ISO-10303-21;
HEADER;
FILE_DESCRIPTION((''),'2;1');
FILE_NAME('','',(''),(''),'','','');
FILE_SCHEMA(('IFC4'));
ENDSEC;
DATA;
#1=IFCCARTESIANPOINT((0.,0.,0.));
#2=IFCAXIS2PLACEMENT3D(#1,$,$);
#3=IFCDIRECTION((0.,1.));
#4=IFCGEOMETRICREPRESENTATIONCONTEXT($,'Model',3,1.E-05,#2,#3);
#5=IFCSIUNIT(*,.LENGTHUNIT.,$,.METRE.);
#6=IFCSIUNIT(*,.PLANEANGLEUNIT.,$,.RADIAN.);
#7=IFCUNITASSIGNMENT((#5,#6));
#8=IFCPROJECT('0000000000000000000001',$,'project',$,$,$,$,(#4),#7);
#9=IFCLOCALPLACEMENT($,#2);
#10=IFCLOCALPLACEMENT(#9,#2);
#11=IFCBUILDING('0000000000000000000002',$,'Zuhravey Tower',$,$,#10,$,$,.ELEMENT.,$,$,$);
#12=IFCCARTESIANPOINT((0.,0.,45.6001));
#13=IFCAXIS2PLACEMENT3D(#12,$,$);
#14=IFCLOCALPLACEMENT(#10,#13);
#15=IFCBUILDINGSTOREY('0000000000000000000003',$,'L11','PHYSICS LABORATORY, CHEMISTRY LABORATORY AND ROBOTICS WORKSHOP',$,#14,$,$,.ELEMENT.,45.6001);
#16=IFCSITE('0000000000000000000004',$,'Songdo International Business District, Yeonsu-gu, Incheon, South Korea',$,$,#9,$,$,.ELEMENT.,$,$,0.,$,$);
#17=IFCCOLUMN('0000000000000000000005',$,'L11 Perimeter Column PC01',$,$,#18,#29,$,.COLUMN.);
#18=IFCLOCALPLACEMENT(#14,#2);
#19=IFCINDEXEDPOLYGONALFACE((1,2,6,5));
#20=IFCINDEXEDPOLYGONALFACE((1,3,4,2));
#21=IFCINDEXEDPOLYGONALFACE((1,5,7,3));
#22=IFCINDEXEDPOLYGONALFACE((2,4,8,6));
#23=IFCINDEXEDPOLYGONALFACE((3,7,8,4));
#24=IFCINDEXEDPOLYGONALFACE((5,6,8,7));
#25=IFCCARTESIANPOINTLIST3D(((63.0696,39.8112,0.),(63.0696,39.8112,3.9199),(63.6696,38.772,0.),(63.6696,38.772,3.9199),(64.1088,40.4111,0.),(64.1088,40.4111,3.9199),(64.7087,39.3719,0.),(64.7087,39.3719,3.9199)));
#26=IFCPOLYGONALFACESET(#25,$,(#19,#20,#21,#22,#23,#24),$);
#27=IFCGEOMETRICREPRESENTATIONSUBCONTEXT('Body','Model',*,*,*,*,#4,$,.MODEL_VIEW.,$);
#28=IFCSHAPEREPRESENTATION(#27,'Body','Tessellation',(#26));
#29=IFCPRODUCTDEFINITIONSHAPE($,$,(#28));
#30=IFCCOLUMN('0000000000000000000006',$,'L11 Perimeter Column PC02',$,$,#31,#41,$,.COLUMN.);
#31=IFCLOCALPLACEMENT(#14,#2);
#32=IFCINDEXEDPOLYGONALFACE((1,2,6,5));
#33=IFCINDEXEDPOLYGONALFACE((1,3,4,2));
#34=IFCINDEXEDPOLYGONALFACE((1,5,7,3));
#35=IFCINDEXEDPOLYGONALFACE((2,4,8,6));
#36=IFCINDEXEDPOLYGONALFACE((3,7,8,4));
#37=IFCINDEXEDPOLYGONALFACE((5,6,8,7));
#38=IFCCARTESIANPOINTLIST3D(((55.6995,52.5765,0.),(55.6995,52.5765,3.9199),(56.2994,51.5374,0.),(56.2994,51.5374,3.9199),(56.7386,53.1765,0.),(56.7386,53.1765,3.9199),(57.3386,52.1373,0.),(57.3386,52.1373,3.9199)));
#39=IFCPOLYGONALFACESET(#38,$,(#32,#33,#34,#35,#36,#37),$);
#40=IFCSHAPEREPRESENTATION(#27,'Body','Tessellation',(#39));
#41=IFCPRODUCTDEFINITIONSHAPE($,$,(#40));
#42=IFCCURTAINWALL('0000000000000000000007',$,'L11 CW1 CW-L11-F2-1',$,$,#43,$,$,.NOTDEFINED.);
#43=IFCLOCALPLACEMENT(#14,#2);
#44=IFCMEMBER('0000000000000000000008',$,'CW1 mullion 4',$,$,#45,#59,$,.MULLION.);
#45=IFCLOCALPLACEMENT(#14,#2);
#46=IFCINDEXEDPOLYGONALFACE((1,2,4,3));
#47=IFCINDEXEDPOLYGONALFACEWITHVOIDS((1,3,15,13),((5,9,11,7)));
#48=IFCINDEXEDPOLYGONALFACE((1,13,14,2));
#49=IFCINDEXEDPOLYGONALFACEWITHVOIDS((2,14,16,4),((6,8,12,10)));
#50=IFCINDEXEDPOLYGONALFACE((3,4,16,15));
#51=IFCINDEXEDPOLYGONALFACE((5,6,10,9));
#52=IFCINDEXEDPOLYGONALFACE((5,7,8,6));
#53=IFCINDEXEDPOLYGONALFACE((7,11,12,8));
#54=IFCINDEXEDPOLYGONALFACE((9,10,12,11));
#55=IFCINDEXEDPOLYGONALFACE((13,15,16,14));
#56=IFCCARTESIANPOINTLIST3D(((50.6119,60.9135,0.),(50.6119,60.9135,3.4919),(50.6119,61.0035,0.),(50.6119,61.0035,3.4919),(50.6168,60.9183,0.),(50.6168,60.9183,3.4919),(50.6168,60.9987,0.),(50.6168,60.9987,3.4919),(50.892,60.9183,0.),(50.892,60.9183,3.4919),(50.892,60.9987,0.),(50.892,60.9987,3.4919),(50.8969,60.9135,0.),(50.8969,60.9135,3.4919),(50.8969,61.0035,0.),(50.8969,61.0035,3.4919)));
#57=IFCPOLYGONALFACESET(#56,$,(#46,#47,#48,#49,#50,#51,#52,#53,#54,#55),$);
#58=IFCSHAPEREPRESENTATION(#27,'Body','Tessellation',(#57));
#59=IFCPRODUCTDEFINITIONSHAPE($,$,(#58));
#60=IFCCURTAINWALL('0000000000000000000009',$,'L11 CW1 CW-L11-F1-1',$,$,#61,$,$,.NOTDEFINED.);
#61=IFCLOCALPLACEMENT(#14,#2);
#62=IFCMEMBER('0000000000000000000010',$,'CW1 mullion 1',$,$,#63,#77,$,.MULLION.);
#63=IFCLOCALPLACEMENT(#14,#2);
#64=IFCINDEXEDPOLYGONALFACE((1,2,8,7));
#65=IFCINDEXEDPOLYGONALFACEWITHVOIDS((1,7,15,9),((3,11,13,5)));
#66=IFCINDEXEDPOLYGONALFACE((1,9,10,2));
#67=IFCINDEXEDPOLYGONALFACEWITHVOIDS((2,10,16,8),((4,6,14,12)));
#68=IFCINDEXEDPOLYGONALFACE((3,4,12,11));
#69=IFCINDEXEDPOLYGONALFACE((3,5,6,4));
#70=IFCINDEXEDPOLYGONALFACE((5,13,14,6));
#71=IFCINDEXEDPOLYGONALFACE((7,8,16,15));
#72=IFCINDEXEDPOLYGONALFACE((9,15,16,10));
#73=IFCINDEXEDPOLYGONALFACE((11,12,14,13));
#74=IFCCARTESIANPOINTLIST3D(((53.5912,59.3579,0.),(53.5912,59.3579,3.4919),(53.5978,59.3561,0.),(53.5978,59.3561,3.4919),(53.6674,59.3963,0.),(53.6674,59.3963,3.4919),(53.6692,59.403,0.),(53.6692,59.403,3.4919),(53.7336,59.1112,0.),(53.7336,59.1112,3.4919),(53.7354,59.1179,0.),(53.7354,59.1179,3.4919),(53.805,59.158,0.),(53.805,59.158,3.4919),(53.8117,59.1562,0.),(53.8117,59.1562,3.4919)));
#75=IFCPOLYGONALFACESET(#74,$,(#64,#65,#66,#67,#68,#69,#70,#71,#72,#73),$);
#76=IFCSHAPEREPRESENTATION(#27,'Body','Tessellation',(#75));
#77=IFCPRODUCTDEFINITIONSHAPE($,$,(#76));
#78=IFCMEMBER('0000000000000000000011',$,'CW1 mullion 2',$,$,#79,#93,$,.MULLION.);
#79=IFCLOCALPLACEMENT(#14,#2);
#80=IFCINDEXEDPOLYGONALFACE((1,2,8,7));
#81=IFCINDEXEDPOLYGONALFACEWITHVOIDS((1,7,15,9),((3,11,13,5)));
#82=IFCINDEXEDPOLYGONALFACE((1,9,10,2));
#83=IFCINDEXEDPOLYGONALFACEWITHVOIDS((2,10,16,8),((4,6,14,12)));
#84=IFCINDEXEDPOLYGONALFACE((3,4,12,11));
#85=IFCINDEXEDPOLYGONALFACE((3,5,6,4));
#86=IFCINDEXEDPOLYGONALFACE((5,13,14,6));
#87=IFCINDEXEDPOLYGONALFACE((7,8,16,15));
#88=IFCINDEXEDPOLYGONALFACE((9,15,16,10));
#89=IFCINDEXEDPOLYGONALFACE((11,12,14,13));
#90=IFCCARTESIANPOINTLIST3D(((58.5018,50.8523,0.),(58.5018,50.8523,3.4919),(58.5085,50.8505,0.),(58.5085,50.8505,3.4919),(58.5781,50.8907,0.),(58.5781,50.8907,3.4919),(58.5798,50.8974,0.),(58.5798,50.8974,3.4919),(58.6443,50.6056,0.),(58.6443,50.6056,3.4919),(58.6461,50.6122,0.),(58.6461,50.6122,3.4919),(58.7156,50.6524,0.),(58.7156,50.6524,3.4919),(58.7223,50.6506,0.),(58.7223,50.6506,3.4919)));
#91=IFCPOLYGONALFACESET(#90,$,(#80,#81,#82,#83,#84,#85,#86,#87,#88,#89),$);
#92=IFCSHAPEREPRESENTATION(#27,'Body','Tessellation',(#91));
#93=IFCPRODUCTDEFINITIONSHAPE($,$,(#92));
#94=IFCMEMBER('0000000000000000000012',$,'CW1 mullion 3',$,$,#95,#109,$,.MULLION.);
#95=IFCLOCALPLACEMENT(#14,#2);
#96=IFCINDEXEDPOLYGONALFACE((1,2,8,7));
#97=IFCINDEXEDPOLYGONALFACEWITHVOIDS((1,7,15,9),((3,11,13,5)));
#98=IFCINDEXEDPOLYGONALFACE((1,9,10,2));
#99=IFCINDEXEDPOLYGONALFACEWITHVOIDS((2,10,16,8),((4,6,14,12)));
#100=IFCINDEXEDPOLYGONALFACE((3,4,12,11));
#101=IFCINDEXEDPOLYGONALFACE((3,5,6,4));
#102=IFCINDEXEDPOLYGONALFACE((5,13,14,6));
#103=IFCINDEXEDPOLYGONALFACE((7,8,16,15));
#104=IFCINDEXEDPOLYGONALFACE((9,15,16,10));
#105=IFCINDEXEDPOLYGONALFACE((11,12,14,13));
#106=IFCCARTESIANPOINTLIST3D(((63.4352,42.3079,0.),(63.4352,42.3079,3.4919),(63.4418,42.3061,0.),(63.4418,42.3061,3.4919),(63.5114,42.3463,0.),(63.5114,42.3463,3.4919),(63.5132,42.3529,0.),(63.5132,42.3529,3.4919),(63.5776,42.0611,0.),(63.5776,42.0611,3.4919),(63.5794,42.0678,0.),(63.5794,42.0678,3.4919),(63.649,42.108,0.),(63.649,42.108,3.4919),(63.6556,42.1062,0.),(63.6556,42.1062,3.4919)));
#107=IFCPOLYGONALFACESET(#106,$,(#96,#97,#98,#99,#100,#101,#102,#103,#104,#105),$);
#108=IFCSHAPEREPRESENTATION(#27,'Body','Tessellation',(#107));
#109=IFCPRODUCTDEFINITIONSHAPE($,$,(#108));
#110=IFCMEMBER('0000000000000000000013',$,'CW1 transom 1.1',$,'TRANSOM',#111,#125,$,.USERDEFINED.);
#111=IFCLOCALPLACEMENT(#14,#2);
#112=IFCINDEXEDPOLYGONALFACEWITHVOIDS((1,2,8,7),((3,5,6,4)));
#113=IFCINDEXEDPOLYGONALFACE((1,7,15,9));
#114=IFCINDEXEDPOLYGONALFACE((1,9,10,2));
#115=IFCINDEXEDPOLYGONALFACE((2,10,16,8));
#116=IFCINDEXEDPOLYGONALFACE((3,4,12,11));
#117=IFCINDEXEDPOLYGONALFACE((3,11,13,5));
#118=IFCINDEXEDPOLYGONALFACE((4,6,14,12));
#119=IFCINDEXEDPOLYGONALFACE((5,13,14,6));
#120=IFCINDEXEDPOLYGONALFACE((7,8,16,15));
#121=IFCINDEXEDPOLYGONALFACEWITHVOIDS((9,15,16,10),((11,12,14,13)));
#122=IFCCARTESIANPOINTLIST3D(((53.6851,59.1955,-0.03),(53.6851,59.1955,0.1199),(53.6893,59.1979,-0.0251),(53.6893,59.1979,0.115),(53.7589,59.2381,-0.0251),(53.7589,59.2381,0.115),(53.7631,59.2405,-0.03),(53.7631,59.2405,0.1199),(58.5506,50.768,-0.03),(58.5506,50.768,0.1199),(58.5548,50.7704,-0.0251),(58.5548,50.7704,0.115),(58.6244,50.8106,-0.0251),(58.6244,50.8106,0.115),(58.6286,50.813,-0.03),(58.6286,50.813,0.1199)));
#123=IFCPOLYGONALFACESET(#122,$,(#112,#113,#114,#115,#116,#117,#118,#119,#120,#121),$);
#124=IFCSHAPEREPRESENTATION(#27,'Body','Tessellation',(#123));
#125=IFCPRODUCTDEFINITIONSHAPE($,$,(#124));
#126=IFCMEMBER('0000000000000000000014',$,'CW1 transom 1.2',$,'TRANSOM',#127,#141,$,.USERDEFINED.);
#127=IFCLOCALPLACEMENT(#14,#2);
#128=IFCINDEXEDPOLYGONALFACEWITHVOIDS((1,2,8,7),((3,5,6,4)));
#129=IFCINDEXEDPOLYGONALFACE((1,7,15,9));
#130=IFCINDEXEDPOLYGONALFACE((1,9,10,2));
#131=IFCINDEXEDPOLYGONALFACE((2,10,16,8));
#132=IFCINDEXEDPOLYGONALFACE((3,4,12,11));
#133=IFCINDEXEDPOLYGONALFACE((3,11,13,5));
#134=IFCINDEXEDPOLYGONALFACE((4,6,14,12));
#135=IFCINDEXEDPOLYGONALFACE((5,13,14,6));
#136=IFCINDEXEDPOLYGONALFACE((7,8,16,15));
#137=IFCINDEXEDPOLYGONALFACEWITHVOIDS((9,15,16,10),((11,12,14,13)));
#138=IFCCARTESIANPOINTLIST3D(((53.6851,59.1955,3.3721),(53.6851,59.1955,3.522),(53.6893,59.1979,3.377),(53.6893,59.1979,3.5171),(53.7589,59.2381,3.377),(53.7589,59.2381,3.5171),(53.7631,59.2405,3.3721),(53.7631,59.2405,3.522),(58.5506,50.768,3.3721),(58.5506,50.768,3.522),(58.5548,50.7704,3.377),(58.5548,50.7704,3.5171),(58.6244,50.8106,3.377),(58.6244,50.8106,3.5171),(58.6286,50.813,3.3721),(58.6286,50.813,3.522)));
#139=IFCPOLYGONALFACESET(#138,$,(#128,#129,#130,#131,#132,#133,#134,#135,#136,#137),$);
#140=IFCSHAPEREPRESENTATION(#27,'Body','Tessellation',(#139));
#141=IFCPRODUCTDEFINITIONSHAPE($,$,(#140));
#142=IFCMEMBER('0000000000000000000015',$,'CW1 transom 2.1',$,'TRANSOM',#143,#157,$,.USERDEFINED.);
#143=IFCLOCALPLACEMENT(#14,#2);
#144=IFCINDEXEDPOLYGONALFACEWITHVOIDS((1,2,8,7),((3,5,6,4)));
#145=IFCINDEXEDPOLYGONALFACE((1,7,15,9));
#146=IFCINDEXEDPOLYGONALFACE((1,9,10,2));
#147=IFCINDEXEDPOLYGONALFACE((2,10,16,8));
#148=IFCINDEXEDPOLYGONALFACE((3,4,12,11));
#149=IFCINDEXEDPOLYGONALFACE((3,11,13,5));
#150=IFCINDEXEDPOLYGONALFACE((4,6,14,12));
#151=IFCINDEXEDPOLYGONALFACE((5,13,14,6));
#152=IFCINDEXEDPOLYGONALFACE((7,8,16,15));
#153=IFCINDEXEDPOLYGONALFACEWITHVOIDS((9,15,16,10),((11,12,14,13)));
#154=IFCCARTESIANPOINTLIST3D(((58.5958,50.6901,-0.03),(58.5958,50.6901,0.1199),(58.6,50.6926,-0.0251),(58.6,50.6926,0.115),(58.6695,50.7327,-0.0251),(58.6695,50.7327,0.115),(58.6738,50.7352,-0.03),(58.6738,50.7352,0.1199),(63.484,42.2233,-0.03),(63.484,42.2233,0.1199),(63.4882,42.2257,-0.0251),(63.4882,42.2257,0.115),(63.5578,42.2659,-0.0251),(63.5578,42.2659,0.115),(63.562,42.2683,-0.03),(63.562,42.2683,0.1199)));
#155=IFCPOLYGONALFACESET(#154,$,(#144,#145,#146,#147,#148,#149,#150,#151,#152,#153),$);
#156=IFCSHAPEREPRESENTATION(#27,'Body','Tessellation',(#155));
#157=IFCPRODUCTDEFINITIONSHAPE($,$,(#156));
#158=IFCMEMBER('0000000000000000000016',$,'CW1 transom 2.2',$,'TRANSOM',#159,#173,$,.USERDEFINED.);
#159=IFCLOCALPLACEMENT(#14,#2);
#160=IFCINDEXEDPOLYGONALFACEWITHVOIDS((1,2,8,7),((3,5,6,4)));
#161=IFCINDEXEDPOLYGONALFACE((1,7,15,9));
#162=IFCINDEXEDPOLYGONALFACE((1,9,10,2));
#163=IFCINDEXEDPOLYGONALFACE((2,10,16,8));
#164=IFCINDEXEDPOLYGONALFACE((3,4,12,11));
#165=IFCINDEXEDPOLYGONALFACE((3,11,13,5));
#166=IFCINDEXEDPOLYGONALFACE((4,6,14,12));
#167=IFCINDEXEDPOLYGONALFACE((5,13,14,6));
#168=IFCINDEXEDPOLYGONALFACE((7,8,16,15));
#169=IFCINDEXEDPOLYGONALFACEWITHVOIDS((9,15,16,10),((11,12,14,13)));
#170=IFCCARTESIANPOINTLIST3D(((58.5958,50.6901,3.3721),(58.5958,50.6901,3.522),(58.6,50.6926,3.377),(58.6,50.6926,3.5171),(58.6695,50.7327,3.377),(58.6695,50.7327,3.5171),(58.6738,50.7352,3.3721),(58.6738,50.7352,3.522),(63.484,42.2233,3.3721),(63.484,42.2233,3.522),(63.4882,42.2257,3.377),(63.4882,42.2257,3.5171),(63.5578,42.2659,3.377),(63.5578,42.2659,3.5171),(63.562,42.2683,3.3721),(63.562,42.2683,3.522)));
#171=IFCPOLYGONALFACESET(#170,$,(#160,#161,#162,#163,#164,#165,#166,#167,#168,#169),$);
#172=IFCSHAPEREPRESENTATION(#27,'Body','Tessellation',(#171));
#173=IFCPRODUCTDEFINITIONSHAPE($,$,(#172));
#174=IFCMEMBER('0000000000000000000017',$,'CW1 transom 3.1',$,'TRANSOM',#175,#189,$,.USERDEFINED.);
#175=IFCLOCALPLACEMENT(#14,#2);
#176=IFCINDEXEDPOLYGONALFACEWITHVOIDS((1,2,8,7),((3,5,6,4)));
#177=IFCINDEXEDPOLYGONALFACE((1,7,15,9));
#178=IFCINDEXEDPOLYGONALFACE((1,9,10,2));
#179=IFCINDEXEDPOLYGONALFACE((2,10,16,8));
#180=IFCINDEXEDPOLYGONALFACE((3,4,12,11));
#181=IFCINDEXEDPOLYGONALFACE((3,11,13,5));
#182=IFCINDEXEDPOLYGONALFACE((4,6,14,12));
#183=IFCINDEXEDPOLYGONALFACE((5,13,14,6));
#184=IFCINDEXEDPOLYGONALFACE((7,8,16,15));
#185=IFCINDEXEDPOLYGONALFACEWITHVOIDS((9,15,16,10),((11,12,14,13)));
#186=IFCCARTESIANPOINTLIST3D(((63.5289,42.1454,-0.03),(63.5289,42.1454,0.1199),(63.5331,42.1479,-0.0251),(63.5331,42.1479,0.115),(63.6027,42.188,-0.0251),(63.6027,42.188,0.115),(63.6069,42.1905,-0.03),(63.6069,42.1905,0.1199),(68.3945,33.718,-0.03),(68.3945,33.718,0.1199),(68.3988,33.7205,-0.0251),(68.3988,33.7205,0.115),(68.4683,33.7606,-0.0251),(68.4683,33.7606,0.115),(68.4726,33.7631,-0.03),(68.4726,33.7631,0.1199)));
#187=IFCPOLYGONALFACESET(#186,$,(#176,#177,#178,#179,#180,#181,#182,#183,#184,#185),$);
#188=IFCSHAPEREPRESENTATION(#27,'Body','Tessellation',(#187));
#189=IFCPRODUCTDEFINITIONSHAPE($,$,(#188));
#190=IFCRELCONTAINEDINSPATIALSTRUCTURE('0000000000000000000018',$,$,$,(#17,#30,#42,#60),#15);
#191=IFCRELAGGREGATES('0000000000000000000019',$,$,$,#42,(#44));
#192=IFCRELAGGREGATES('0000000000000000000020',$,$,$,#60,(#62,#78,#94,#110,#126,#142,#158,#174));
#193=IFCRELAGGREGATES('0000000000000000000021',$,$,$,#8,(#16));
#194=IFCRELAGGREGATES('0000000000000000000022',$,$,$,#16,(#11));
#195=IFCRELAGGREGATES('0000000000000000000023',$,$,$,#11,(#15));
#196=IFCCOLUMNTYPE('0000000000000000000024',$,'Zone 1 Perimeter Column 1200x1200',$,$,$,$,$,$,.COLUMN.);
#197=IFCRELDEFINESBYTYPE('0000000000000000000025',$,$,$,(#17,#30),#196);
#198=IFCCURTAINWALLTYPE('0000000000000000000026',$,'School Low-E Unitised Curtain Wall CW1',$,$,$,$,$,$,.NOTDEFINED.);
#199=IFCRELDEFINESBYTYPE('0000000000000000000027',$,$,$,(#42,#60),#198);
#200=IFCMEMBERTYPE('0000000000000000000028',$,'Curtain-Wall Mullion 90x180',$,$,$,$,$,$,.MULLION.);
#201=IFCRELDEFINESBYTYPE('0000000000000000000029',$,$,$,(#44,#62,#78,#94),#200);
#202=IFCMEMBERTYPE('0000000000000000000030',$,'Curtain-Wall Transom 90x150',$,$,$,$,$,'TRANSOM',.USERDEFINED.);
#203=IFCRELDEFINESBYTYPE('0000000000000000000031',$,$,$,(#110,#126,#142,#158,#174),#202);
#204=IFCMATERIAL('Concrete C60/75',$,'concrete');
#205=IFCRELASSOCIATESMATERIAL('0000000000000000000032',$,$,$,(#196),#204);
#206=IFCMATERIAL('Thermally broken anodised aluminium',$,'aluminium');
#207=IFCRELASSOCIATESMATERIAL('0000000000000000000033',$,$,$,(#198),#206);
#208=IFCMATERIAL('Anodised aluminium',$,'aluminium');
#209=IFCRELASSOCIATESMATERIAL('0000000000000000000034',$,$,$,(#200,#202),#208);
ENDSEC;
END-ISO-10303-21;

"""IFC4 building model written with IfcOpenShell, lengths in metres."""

from ifc_helpers import new_model, si_unit, direction, frame, origin, origin_2d, place, context, subcontext, project, spatial, rectangle, hollow_rectangle, extrude, material, material_profile, profile_set, type_object, element, aggregate, save


model = new_model("IFC4")

# Units and contexts
model_context = context("Model", 3, precision=1e-05, world=origin(), true_north=direction((0.0, 1.0)))
body_context = subcontext(model_context, "Body", "Model", "MODEL_VIEW")
ifc_project = project(units=[si_unit("LENGTHUNIT", "METRE"), si_unit("PLANEANGLEUNIT", "RADIAN")], contexts=[model_context])

# Site, building, storey
site_placement = place(None, origin())
site = spatial("IfcSite", under=ifc_project, at=site_placement, Name="Songdo International Business District, Yeonsu-gu, Incheon, South Korea", CompositionType="ELEMENT", RefElevation=0.0)
building_placement = place(site_placement, origin())
building = spatial("IfcBuilding", under=site, at=building_placement, Name="Zuhravey Tower", CompositionType="ELEMENT")
storey_placement = place(building_placement, frame((0.0, 0.0, 45.6001)))
storey = spatial("IfcBuildingStorey", under=building, at=storey_placement, Name="L11", Description="PHYSICS LABORATORY, CHEMISTRY LABORATORY AND ROBOTICS WORKSHOP", CompositionType="ELEMENT", Elevation=45.6001)

# Columns
ifc_material_1 = material(Name="Concrete C60/75", Category="concrete")
ifc_material_profile_1 = material_profile(ifc_material_1, rectangle(XDim=1.2, YDim=1.2, at=origin_2d()), Name="RC-1200x1200")
ifc_profile_set_1 = profile_set([ifc_material_profile_1], Name="Concrete C60/75")
column_type = type_object("IfcColumnType", Name="Zone 1 Perimeter Column 1200x1200", PredefinedType="COLUMN", material=ifc_profile_set_1)
for number, where, z_axis, x_axis, name in (
    (1, (63.8892, 39.5916, 0.0), (0.0, 0.0, 1.0), (-0.5, 0.866025, 0.0), "L11 Perimeter Column PC01"),
    (2, (56.519, 52.3569, 0.0), (0.0, 0.0, 1.0), (-0.5, 0.866025, 0.0), "L11 Perimeter Column PC02"),
):
    element("IfcColumn", number, at=place(storey_placement, frame(where, z_axis=z_axis, x_axis=x_axis)), inside=storey, type_object=column_type, Name=name, PredefinedType="COLUMN", context=body_context, shape_type="SweptSolid", body=[
        extrude(rectangle(XDim=1.2, YDim=1.2, at=origin_2d()), origin(), (0.0, 0.0, 1.0), 3.9199),
    ])

# Curtain wall, member
ifc_material_2 = material(Name="Thermally broken anodised aluminium", Category="aluminium")
curtain_wall_type = type_object("IfcCurtainWallType", Name="School Low-E Unitised Curtain Wall CW1", PredefinedType="NOTDEFINED", material=ifc_material_2)
curtain_wall_1_placement = place(storey_placement, origin())
curtain_wall_1 = element("IfcCurtainWall", 3, at=curtain_wall_1_placement, inside=storey, type_object=curtain_wall_type, Name="L11 CW1 CW-L11-F2-1", PredefinedType="NOTDEFINED")
ifc_material_3 = material(Name="Anodised aluminium", Category="aluminium")
ifc_material_profile_2 = material_profile(ifc_material_3, hollow_rectangle(XDim=0.0901, YDim=0.2849, WallThickness=0.0049, at=origin_2d()), Name="ALU-RHS-90x285x5")
ifc_profile_set_2 = profile_set([ifc_material_profile_2], Name="Anodised aluminium")
member_type_1 = type_object("IfcMemberType", Name="Curtain-Wall Mullion 90x180", PredefinedType="MULLION", material=ifc_profile_set_2)
member_1_placement = place(storey_placement, frame((50.7544, 60.9585, 0.0), z_axis=(0.0, 0.0, 1.0), x_axis=(0.0, 1.0, 0.0)))
member_1 = element("IfcMember", 4, at=member_1_placement, type_object=member_type_1, Name="CW1 mullion 4", PredefinedType="MULLION", context=body_context, shape_type="SweptSolid", body=[
    extrude(hollow_rectangle(XDim=0.0901, YDim=0.2849, WallThickness=0.0049, at=origin_2d()), origin(), (0.0, 0.0, 1.0), 3.4919),
])
aggregate(curtain_wall_1, [member_1])

# Curtain wall, members
curtain_wall_2_placement = place(storey_placement, origin())
curtain_wall_2 = element("IfcCurtainWall", 5, at=curtain_wall_2_placement, inside=storey, type_object=curtain_wall_type, Name="L11 CW1 CW-L11-F1-1", PredefinedType="NOTDEFINED")
member_2_placement = place(storey_placement, frame((53.7014, 59.2571, 0.0), z_axis=(0.0, 0.0, 1.0), x_axis=(0.866026, 0.5, 0.0)))
member_2 = element("IfcMember", 6, at=member_2_placement, type_object=member_type_1, Name="CW1 mullion 1", PredefinedType="MULLION", context=body_context, shape_type="SweptSolid", body=[
    extrude(hollow_rectangle(XDim=0.0901, YDim=0.2849, WallThickness=0.0049, at=origin_2d()), origin(), (0.0, 0.0, 1.0), 3.4919),
])
member_3_placement = place(storey_placement, frame((58.6121, 50.7515, 0.0), z_axis=(0.0, 0.0, 1.0), x_axis=(0.866026, 0.5, 0.0)))
member_3 = element("IfcMember", 7, at=member_3_placement, type_object=member_type_1, Name="CW1 mullion 2", PredefinedType="MULLION", context=body_context, shape_type="SweptSolid", body=[
    extrude(hollow_rectangle(XDim=0.0901, YDim=0.2849, WallThickness=0.0049, at=origin_2d()), origin(), (0.0, 0.0, 1.0), 3.4919),
])
member_4_placement = place(storey_placement, frame((63.5454, 42.207, 0.0), z_axis=(0.0, 0.0, 1.0), x_axis=(0.866026, 0.5, 0.0)))
member_4 = element("IfcMember", 8, at=member_4_placement, type_object=member_type_1, Name="CW1 mullion 3", PredefinedType="MULLION", context=body_context, shape_type="SweptSolid", body=[
    extrude(hollow_rectangle(XDim=0.0901, YDim=0.2849, WallThickness=0.0049, at=origin_2d()), origin(), (0.0, 0.0, 1.0), 3.4919),
])
ifc_material_profile_3 = material_profile(ifc_material_3, hollow_rectangle(XDim=0.0901, YDim=0.1499, WallThickness=0.0049, at=origin_2d()), Name="ALU-RHS-90x150x5")
ifc_profile_set_3 = profile_set([ifc_material_profile_3], Name="Anodised aluminium")
member_type_2 = type_object("IfcMemberType", Name="Curtain-Wall Transom 90x150", ElementType="TRANSOM", PredefinedType="USERDEFINED", material=ifc_profile_set_3)
member_5_placement = place(storey_placement, frame((53.7241, 59.218, 0.0449), z_axis=(0.49999, -0.866031, 0.0), x_axis=(0.866031, 0.49999, 0.0)))
member_5 = element("IfcMember", 9, at=member_5_placement, type_object=member_type_2, Name="CW1 transom 1.1", ObjectType="TRANSOM", PredefinedType="USERDEFINED", context=body_context, shape_type="SweptSolid", body=[
    extrude(hollow_rectangle(XDim=0.0901, YDim=0.1499, WallThickness=0.0049, at=origin_2d()), origin(), (0.0, 0.0, 1.0), 9.7312),
])
member_6_placement = place(storey_placement, frame((53.7241, 59.218, 3.447), z_axis=(0.49999, -0.866031, 0.0), x_axis=(0.866031, 0.49999, 0.0)))
member_6 = element("IfcMember", 10, at=member_6_placement, type_object=member_type_2, Name="CW1 transom 1.2", ObjectType="TRANSOM", PredefinedType="USERDEFINED", context=body_context, shape_type="SweptSolid", body=[
    extrude(hollow_rectangle(XDim=0.0901, YDim=0.1499, WallThickness=0.0049, at=origin_2d()), origin(), (0.0, 0.0, 1.0), 9.7312),
])
member_7_placement = place(storey_placement, frame((58.6348, 50.7126, 0.0449), z_axis=(0.49999, -0.866031, 0.0), x_axis=(0.866031, 0.49999, 0.0)))
member_7 = element("IfcMember", 11, at=member_7_placement, type_object=member_type_2, Name="CW1 transom 2.1", ObjectType="TRANSOM", PredefinedType="USERDEFINED", context=body_context, shape_type="SweptSolid", body=[
    extrude(hollow_rectangle(XDim=0.0901, YDim=0.1499, WallThickness=0.0049, at=origin_2d()), origin(), (0.0, 0.0, 1.0), 9.7766),
])
member_8_placement = place(storey_placement, frame((58.6348, 50.7126, 3.447), z_axis=(0.49999, -0.866031, 0.0), x_axis=(0.866031, 0.49999, 0.0)))
member_8 = element("IfcMember", 12, at=member_8_placement, type_object=member_type_2, Name="CW1 transom 2.2", ObjectType="TRANSOM", PredefinedType="USERDEFINED", context=body_context, shape_type="SweptSolid", body=[
    extrude(hollow_rectangle(XDim=0.0901, YDim=0.1499, WallThickness=0.0049, at=origin_2d()), origin(), (0.0, 0.0, 1.0), 9.7766),
])
member_9_placement = place(storey_placement, frame((63.5679, 42.168, 0.0449), z_axis=(0.500008, -0.866021, 0.0), x_axis=(0.866021, 0.500008, 0.0)))
member_9 = element("IfcMember", 13, at=member_9_placement, type_object=member_type_2, Name="CW1 transom 3.1", ObjectType="TRANSOM", PredefinedType="USERDEFINED", context=body_context, shape_type="SweptSolid", body=[
    extrude(hollow_rectangle(XDim=0.0901, YDim=0.1499, WallThickness=0.0049, at=origin_2d()), origin(), (0.0, 0.0, 1.0), 9.7312),
])

aggregate(curtain_wall_2, [member_2, member_3, member_4, member_5, member_6, member_7, member_8, member_9])

save(model, "model.ifc")
